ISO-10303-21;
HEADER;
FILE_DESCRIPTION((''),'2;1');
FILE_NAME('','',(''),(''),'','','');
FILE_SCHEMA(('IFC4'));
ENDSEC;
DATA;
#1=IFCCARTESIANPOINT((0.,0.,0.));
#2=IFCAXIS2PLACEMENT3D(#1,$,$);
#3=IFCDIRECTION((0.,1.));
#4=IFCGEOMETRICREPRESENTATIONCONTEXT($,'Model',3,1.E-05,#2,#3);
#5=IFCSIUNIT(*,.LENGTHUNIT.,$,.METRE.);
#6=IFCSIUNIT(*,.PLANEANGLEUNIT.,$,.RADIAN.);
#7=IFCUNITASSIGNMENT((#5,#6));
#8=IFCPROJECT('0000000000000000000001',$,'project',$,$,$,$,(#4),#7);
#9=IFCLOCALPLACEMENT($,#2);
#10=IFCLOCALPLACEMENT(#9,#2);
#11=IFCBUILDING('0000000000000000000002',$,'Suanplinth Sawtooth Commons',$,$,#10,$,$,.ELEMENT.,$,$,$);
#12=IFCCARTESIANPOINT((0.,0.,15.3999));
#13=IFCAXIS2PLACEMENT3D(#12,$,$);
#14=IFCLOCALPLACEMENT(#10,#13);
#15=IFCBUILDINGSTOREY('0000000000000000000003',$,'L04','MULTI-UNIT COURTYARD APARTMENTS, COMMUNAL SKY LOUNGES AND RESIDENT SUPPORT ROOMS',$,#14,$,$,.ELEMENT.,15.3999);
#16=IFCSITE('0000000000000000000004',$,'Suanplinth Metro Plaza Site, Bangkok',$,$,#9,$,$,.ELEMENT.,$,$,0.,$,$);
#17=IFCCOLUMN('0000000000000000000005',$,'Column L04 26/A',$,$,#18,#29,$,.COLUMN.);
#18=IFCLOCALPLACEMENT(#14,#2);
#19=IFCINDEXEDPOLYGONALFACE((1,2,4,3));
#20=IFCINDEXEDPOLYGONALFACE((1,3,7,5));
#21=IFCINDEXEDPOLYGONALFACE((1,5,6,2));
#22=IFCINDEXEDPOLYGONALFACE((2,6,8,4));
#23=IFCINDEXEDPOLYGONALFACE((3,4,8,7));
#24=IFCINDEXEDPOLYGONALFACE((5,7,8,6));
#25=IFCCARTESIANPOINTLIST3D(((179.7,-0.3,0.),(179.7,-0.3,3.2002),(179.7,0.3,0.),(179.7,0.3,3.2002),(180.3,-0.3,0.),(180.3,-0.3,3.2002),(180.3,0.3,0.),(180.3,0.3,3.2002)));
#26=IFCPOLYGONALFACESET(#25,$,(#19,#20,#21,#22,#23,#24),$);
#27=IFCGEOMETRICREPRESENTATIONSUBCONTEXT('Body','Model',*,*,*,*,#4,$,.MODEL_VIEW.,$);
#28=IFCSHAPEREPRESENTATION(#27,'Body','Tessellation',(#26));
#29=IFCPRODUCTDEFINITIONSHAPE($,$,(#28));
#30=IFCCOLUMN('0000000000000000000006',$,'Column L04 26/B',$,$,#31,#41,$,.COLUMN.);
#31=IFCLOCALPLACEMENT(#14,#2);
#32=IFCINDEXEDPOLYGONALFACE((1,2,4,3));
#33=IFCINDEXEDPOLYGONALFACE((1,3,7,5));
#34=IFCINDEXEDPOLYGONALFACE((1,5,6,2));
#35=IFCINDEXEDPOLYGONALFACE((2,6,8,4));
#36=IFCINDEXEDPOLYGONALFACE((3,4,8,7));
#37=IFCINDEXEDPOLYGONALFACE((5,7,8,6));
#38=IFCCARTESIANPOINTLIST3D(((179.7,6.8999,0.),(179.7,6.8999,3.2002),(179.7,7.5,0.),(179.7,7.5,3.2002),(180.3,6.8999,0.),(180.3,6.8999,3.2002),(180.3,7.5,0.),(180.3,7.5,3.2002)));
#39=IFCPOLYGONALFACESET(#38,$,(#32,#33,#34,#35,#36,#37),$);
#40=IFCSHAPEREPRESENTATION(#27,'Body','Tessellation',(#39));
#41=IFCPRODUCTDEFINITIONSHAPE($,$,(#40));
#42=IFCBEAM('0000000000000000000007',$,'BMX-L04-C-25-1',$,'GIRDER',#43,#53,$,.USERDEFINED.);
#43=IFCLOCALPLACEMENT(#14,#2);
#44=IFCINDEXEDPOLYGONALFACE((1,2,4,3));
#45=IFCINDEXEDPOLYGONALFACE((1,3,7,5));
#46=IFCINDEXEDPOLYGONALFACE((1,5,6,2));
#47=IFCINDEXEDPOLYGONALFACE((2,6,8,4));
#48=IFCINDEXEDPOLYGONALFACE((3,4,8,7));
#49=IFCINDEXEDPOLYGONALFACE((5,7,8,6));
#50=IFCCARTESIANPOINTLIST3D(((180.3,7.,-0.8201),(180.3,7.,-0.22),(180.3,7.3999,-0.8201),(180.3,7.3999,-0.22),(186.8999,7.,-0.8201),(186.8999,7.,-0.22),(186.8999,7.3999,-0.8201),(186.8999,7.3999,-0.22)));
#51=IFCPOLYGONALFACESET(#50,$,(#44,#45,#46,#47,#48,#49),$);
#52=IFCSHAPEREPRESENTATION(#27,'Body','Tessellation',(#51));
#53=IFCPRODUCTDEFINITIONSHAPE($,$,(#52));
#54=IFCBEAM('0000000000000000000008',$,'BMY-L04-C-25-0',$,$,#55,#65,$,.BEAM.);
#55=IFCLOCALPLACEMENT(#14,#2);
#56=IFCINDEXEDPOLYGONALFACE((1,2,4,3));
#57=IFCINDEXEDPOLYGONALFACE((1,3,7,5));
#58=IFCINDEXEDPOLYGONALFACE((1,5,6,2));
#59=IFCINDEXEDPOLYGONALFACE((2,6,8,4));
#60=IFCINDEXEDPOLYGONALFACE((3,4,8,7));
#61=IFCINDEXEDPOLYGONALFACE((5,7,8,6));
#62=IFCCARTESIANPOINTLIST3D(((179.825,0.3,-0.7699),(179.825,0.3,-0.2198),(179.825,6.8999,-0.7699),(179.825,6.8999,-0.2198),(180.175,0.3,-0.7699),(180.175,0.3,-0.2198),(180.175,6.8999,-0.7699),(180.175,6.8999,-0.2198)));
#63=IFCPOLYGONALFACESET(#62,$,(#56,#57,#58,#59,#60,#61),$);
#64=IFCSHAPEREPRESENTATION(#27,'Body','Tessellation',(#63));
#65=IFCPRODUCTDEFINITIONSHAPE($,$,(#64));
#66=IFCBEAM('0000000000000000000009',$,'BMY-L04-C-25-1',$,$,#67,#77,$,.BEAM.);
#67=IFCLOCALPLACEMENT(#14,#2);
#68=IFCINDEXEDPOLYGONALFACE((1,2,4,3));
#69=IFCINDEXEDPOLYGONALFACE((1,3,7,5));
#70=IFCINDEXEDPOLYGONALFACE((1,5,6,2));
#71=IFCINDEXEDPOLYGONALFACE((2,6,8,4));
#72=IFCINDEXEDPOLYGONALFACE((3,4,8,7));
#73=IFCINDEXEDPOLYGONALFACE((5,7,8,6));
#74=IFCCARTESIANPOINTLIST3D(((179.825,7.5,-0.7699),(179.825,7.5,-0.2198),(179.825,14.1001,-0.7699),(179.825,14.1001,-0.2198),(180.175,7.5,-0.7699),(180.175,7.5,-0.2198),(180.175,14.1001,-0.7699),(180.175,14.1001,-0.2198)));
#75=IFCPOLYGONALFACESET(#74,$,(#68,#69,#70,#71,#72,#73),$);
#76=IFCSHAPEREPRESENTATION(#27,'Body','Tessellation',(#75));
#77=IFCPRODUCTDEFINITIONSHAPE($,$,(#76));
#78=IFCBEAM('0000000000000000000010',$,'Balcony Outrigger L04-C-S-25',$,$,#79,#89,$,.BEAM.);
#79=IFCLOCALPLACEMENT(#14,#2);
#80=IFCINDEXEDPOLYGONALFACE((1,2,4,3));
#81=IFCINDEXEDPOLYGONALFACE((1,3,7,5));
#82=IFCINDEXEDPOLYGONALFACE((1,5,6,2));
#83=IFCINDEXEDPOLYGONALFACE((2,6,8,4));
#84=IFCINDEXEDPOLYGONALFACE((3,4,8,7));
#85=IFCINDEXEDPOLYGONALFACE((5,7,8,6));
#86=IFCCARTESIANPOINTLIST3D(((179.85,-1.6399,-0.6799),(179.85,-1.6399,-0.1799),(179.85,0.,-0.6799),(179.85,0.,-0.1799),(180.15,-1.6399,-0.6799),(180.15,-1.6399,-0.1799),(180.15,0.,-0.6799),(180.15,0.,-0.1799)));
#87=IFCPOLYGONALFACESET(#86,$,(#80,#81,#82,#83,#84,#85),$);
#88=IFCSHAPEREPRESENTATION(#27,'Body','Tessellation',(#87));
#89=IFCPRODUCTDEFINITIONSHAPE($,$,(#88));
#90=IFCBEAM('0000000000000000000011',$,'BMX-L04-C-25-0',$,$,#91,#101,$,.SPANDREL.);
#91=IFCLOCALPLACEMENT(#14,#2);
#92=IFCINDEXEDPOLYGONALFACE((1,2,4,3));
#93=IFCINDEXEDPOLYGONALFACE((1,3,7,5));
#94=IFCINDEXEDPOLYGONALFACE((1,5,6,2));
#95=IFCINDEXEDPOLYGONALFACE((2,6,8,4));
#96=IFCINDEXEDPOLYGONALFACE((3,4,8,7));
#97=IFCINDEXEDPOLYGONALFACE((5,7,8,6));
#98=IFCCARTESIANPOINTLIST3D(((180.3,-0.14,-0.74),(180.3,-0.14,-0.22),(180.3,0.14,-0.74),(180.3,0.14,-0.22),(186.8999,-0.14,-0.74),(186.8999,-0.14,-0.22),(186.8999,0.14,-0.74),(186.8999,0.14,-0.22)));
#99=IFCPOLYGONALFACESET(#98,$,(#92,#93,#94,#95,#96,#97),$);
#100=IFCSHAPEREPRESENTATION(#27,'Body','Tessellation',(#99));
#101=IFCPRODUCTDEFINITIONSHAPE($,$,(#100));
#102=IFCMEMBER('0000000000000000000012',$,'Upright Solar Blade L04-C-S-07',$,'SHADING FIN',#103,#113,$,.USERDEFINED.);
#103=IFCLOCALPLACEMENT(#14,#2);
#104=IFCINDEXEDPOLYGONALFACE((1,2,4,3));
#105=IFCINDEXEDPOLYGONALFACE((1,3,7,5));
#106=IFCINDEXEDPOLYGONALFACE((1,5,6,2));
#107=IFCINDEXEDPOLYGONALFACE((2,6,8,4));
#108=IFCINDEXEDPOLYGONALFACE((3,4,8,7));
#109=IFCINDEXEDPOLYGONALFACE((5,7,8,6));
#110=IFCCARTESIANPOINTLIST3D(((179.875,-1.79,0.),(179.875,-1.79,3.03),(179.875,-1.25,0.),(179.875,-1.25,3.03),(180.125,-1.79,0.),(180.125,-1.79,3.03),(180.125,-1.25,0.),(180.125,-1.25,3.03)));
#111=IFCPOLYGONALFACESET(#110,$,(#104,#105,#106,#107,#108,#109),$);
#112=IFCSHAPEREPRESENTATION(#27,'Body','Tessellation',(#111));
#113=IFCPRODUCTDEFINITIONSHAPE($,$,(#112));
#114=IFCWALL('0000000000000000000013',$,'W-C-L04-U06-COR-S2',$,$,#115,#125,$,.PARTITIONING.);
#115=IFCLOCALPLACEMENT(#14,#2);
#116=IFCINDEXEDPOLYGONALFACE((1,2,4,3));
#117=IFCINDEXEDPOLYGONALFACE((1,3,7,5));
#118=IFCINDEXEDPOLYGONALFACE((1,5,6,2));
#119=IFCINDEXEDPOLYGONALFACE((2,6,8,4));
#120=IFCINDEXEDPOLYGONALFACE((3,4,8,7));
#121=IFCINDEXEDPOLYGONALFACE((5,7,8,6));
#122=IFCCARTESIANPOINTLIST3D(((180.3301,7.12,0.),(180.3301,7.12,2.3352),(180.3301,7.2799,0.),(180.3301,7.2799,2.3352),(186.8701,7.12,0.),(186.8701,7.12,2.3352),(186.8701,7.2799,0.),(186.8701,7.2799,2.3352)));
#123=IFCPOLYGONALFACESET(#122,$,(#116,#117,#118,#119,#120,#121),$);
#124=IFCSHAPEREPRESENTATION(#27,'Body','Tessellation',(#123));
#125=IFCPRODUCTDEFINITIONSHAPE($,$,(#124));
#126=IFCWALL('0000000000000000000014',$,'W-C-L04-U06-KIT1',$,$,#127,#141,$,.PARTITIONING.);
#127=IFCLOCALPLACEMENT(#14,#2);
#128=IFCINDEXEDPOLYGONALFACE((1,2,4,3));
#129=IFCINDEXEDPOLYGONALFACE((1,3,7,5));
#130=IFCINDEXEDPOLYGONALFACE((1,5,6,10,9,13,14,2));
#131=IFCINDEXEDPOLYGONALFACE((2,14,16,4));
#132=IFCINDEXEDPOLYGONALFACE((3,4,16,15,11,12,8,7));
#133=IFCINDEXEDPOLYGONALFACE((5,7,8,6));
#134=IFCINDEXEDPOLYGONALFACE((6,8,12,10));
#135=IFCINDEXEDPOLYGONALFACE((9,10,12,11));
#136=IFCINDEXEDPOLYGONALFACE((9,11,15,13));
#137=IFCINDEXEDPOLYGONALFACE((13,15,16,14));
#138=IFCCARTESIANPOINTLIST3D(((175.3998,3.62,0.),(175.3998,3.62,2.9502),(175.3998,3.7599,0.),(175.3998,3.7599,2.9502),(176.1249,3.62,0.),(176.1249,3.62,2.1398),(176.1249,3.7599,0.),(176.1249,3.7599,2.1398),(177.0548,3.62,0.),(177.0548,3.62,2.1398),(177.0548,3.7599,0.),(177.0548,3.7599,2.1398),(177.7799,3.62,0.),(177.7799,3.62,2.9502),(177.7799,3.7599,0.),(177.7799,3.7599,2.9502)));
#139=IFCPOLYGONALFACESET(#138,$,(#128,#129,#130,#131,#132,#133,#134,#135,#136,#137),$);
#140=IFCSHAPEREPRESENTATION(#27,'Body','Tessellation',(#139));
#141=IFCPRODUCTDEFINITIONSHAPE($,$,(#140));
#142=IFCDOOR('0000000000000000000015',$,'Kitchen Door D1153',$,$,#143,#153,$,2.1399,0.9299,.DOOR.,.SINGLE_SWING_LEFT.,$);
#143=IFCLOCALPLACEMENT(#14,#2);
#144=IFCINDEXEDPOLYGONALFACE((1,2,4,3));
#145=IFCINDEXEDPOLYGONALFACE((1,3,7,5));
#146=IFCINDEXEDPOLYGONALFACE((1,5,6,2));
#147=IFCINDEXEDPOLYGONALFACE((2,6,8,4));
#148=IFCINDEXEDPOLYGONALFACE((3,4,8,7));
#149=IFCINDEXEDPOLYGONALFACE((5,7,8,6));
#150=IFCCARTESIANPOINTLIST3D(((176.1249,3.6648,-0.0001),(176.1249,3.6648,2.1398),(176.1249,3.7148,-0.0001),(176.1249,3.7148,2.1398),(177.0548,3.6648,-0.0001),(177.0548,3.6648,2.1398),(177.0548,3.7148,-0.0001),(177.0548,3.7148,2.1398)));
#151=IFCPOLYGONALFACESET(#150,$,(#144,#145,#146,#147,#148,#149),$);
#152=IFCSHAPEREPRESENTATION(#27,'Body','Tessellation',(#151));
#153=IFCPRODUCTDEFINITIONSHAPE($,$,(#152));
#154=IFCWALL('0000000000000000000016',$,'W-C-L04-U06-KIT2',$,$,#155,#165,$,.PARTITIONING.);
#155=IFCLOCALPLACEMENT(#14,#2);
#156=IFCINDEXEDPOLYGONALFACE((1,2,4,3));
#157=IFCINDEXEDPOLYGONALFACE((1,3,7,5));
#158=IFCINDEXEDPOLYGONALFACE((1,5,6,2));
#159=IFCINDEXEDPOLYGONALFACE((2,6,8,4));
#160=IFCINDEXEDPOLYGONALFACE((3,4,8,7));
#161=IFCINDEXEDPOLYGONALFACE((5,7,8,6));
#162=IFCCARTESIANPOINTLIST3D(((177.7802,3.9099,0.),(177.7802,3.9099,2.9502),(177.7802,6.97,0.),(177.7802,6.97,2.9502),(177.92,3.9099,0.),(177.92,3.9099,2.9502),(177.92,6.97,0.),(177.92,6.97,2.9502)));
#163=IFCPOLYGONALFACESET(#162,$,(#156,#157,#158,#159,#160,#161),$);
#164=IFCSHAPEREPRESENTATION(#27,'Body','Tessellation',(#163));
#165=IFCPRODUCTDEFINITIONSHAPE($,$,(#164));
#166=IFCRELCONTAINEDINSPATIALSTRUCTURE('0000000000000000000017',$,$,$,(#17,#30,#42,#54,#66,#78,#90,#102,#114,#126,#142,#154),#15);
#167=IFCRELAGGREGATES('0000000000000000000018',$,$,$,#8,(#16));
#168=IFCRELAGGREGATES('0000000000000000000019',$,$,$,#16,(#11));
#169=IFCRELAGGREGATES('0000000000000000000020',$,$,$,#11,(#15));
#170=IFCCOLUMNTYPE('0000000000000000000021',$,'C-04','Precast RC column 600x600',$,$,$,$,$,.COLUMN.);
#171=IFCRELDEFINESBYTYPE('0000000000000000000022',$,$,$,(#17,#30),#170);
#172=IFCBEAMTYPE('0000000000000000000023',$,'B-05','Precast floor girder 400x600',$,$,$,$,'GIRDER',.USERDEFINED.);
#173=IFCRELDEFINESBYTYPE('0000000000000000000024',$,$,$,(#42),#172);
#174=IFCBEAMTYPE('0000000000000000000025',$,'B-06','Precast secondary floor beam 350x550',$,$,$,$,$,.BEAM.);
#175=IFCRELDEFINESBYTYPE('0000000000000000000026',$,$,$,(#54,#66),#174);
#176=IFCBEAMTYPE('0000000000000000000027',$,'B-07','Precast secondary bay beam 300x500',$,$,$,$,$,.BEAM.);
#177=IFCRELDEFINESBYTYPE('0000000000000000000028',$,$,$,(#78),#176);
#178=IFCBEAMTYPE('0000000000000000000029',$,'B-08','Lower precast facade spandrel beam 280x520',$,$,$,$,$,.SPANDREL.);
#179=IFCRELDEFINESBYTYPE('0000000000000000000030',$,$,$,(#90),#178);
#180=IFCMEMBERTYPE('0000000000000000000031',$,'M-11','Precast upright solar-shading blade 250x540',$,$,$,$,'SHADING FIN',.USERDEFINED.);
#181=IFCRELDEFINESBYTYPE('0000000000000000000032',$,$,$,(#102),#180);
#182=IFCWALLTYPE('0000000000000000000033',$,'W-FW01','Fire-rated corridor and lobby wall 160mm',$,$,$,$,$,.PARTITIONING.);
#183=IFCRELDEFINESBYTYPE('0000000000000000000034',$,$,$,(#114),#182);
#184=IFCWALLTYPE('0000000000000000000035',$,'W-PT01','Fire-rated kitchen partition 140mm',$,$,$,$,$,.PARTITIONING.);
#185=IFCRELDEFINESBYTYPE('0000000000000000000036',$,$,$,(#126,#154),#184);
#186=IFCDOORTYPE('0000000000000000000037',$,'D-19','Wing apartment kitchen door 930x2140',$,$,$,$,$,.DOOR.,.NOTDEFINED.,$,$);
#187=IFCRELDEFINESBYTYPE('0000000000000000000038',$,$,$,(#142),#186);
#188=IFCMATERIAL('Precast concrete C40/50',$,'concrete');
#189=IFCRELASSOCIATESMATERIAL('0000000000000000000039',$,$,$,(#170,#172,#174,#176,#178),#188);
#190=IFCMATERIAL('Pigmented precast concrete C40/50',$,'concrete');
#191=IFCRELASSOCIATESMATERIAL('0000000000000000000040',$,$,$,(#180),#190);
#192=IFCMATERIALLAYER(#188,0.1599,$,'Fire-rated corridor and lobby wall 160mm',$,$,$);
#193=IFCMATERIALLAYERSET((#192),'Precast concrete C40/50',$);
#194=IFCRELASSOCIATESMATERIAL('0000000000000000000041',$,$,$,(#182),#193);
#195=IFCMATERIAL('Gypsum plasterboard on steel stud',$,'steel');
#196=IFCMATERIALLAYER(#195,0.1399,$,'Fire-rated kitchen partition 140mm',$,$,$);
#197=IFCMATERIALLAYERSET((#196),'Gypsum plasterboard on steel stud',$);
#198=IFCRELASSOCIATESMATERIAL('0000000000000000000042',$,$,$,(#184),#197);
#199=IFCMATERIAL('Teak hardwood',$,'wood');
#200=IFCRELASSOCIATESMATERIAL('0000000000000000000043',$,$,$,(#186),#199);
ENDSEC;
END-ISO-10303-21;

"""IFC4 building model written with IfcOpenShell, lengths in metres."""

from ifc_helpers import new_model, si_unit, direction, frame, frame_2d, origin, origin_2d, place, context, subcontext, project, spatial, rectangle, extrude, material, layer, layer_set, material_profile, profile_set, type_object, element, fill, save


model = new_model("IFC4")

# Units and contexts
model_context = context("Model", 3, precision=1e-05, world=origin(), true_north=direction((0.0, 1.0)))
body_context = subcontext(model_context, "Body", "Model", "MODEL_VIEW")
ifc_project = project(units=[si_unit("LENGTHUNIT", "METRE"), si_unit("PLANEANGLEUNIT", "RADIAN")], contexts=[model_context])

# Site, building, storey
site_placement = place(None, origin())
site = spatial("IfcSite", under=ifc_project, at=site_placement, Name="Suanplinth Metro Plaza Site, Bangkok", CompositionType="ELEMENT", RefElevation=0.0)
building_placement = place(site_placement, origin())
building = spatial("IfcBuilding", under=site, at=building_placement, Name="Suanplinth Sawtooth Commons", CompositionType="ELEMENT")
storey_placement = place(building_placement, frame((0.0, 0.0, 15.3999)))
storey = spatial("IfcBuildingStorey", under=building, at=storey_placement, Name="L04", Description="MULTI-UNIT COURTYARD APARTMENTS, COMMUNAL SKY LOUNGES AND RESIDENT SUPPORT ROOMS", CompositionType="ELEMENT", Elevation=15.3999)

# Columns
ifc_material_1 = material(Name="Precast concrete C40/50", Category="concrete")
ifc_material_profile_1 = material_profile(ifc_material_1, rectangle(XDim=0.6001, YDim=0.6001, at=origin_2d()), Name="PC-COL 600x600")
ifc_profile_set_1 = profile_set([ifc_material_profile_1], Name="Precast concrete C40/50")
column_type = type_object("IfcColumnType", Name="C-04", Description="Precast RC column 600x600", PredefinedType="COLUMN", material=ifc_profile_set_1)
for number, where, z_axis, x_axis, name in (
    (1, (180.0, 0.0, 0.0), (0.0, 0.0, 1.0), (1.0, 0.0, 0.0), "Column L04 26/A"),
    (2, (180.0, 7.2, 0.0), (0.0, 0.0, 1.0), (1.0, 0.0, 0.0), "Column L04 26/B"),
):
    element("IfcColumn", number, at=place(storey_placement, frame(where, z_axis=z_axis, x_axis=x_axis)), inside=storey, type_object=column_type, Name=name, PredefinedType="COLUMN", context=body_context, shape_type="SweptSolid", body=[
        extrude(rectangle(XDim=0.6001, YDim=0.6001, at=origin_2d()), origin(), (0.0, 0.0, 1.0), 3.2002),
    ])

# Beams
ifc_material_profile_2 = material_profile(ifc_material_1, rectangle(XDim=0.3999, YDim=0.6001, at=origin_2d()), Name="PC-GDR 400x600")
ifc_profile_set_2 = profile_set([ifc_material_profile_2], Name="Precast concrete C40/50")
beam_type_1 = type_object("IfcBeamType", Name="B-05", Description="Precast floor girder 400x600", ElementType="GIRDER", PredefinedType="USERDEFINED", material=ifc_profile_set_2)
beam_1_placement = place(storey_placement, frame((180.3, 7.2, -0.52), z_axis=(1.0, 0.0, 0.0), x_axis=(0.0, 1.0, 0.0)))
element("IfcBeam", 3, at=beam_1_placement, inside=storey, type_object=beam_type_1, Name="BMX-L04-C-25-1", ObjectType="GIRDER", PredefinedType="USERDEFINED", context=body_context, shape_type="SweptSolid", body=[
    extrude(rectangle(XDim=0.3999, YDim=0.6001, at=origin_2d()), origin(), (0.0, 0.0, 1.0), 6.5999),
])
ifc_material_profile_3 = material_profile(ifc_material_1, rectangle(XDim=0.3501, YDim=0.55, at=origin_2d()), Name="PC-BM 350x550")
ifc_profile_set_3 = profile_set([ifc_material_profile_3], Name="Precast concrete C40/50")
beam_type_2 = type_object("IfcBeamType", Name="B-06", Description="Precast secondary floor beam 350x550", PredefinedType="BEAM", material=ifc_profile_set_3)
beam_2_placement = place(storey_placement, frame((180.0, 0.3, -0.4949), z_axis=(0.0, 1.0, 0.0), x_axis=(-1.0, 0.0, 0.0)))
element("IfcBeam", 4, at=beam_2_placement, inside=storey, type_object=beam_type_2, Name="BMY-L04-C-25-0", PredefinedType="BEAM", context=body_context, shape_type="SweptSolid", body=[
    extrude(rectangle(XDim=0.3501, YDim=0.55, at=origin_2d()), origin(), (0.0, 0.0, 1.0), 6.5999),
])
beam_3_placement = place(storey_placement, frame((180.0, 7.5, -0.4949), z_axis=(0.0, 1.0, 0.0), x_axis=(-1.0, 0.0, 0.0)))
element("IfcBeam", 5, at=beam_3_placement, inside=storey, type_object=beam_type_2, Name="BMY-L04-C-25-1", PredefinedType="BEAM", context=body_context, shape_type="SweptSolid", body=[
    extrude(rectangle(XDim=0.3501, YDim=0.55, at=origin_2d()), origin(), (0.0, 0.0, 1.0), 6.6001),
])
ifc_material_profile_4 = material_profile(ifc_material_1, rectangle(XDim=0.3, YDim=0.5, at=origin_2d()), Name="PC-BM 300x500")
ifc_profile_set_4 = profile_set([ifc_material_profile_4], Name="Precast concrete C40/50")
beam_type_3 = type_object("IfcBeamType", Name="B-07", Description="Precast secondary bay beam 300x500", PredefinedType="BEAM", material=ifc_profile_set_4)
beam_4_placement = place(storey_placement, frame((180.0, 0.0, -0.4299), z_axis=(0.0, -1.0, 0.0), x_axis=(1.0, 0.0, 0.0)))
element("IfcBeam", 6, at=beam_4_placement, inside=storey, type_object=beam_type_3, Name="Balcony Outrigger L04-C-S-25", PredefinedType="BEAM", context=body_context, shape_type="SweptSolid", body=[
    extrude(rectangle(XDim=0.3, YDim=0.5, at=origin_2d()), origin(), (0.0, 0.0, 1.0), 1.6399),
])
ifc_material_profile_5 = material_profile(ifc_material_1, rectangle(XDim=0.28, YDim=0.52, at=origin_2d()), Name="PC-SP 280x520")
ifc_profile_set_5 = profile_set([ifc_material_profile_5], Name="Precast concrete C40/50")
beam_type_4 = type_object("IfcBeamType", Name="B-08", Description="Lower precast facade spandrel beam 280x520", PredefinedType="SPANDREL", material=ifc_profile_set_5)
beam_5_placement = place(storey_placement, frame((180.3, 0.0, -0.48), z_axis=(1.0, 0.0, 0.0), x_axis=(0.0, 1.0, 0.0)))
element("IfcBeam", 7, at=beam_5_placement, inside=storey, type_object=beam_type_4, Name="BMX-L04-C-25-0", PredefinedType="SPANDREL", context=body_context, shape_type="SweptSolid", body=[
    extrude(rectangle(XDim=0.28, YDim=0.52, at=origin_2d()), origin(), (0.0, 0.0, 1.0), 6.5999),
])

# Member
ifc_material_2 = material(Name="Pigmented precast concrete C40/50", Category="concrete")
ifc_material_profile_6 = material_profile(ifc_material_2, rectangle(XDim=0.25, YDim=0.54, at=origin_2d()), Name="PC-FIN 250x540")
ifc_profile_set_6 = profile_set([ifc_material_profile_6], Name="Pigmented precast concrete C40/50")
member_type = type_object("IfcMemberType", Name="M-11", Description="Precast upright solar-shading blade 250x540", ElementType="SHADING FIN", PredefinedType="USERDEFINED", material=ifc_profile_set_6)
member_placement = place(storey_placement, frame((180.0, -1.52, 0.0), z_axis=(0.0, 0.0, 1.0), x_axis=(1.0, 0.0, 0.0)))
element("IfcMember", 8, at=member_placement, inside=storey, type_object=member_type, Name="Upright Solar Blade L04-C-S-07", ObjectType="SHADING FIN", PredefinedType="USERDEFINED", context=body_context, shape_type="SweptSolid", body=[
    extrude(rectangle(XDim=0.25, YDim=0.54, at=origin_2d()), origin(), (0.0, 0.0, 1.0), 3.03),
])

# Wall
ifc_layer_1 = layer(ifc_material_1, 0.1599, Name="Fire-rated corridor and lobby wall 160mm")
ifc_layer_set_1 = layer_set([ifc_layer_1], Name="Precast concrete C40/50")
wall_type_1 = type_object("IfcWallType", Name="W-FW01", Description="Fire-rated corridor and lobby wall 160mm", PredefinedType="PARTITIONING", material=ifc_layer_set_1)
wall_1_placement = place(storey_placement, frame((180.3301, 7.2, 0.0), z_axis=(0.0, 0.0, 1.0), x_axis=(1.0, 0.0, 0.0)))
element("IfcWall", 9, at=wall_1_placement, inside=storey, type_object=wall_type_1, Name="W-C-L04-U06-COR-S2", PredefinedType="PARTITIONING", context=body_context, shape_type="SweptSolid", body=[
    extrude(rectangle(XDim=6.54, YDim=0.1599, at=frame_2d((3.27, 0.0))), origin(), (0.0, 0.0, 1.0), 2.3352),
])

# Wall, opening, door
ifc_material_3 = material(Name="Gypsum plasterboard on steel stud", Category="steel")
ifc_layer_2 = layer(ifc_material_3, 0.1399, Name="Fire-rated kitchen partition 140mm")
ifc_layer_set_2 = layer_set([ifc_layer_2], Name="Gypsum plasterboard on steel stud")
wall_type_2 = type_object("IfcWallType", Name="W-PT01", Description="Fire-rated kitchen partition 140mm", PredefinedType="PARTITIONING", material=ifc_layer_set_2)
wall_2_placement = place(storey_placement, frame((175.3999, 3.6899, 0.0), z_axis=(0.0, 0.0, 1.0), x_axis=(1.0, 0.0, 0.0)))
wall_2 = element("IfcWall", 10, at=wall_2_placement, inside=storey, type_object=wall_type_2, Name="W-C-L04-U06-KIT1", PredefinedType="PARTITIONING", context=body_context, shape_type="SweptSolid", body=[
    extrude(rectangle(XDim=2.3801, YDim=0.1399, at=frame_2d((1.1899, 0.0))), origin(), (0.0, 0.0, 1.0), 2.9502),
])
opening_1_placement = place(wall_2_placement, frame((0.7251, 0.0, 0.0)))
opening_1 = element("IfcOpeningElement", 11, at=opening_1_placement, cuts=wall_2, PredefinedType="OPENING", context=body_context, shape_type="SweptSolid", body=[
    extrude(rectangle(XDim=0.9299, YDim=2.1399, at=frame_2d((0.4648, 1.0698))), frame((0.0, 0.085, 0.0), z_axis=(0.0, -1.0, 0.0), x_axis=(1.0, 0.0, 0.0)), (0.0, 0.0, 1.0), 0.1697),
])
ifc_material_4 = material(Name="Teak hardwood", Category="wood")
door_type_1 = type_object("IfcDoorType", Name="D-19", Description="Wing apartment kitchen door 930x2140", OperationType="NOTDEFINED", PredefinedType="DOOR", material=ifc_material_4)
door_1_placement = place(opening_1_placement, origin())
door_1 = element("IfcDoor", 12, at=door_1_placement, inside=storey, type_object=door_type_1, Name="Kitchen Door D1153", OperationType="SINGLE_SWING_LEFT", OverallHeight=2.1399, OverallWidth=0.9299, PredefinedType="DOOR", context=body_context, shape_type="SweptSolid", body=[
    extrude(rectangle(XDim=0.9299, YDim=2.1399, at=frame_2d((0.4648, 1.0698))), frame((0.0, 0.0249, 0.0), z_axis=(0.0, -1.0, 0.0), x_axis=(1.0, 0.0, 0.0)), (0.0, 0.0, 1.0), 0.05),
])
fill(opening_1, door_1)

# Wall
wall_3_placement = place(storey_placement, frame((177.8501, 3.9099, 0.0), z_axis=(0.0, 0.0, 1.0), x_axis=(0.0, 1.0, 0.0)))
element("IfcWall", 13, at=wall_3_placement, inside=storey, type_object=wall_type_2, Name="W-C-L04-U06-KIT2", PredefinedType="PARTITIONING", context=body_context, shape_type="SweptSolid", body=[
    extrude(rectangle(XDim=3.0601, YDim=0.1399, at=frame_2d((1.53, 0.0))), origin(), (0.0, 0.0, 1.0), 2.9502),
])

save(model, "model.ifc")
